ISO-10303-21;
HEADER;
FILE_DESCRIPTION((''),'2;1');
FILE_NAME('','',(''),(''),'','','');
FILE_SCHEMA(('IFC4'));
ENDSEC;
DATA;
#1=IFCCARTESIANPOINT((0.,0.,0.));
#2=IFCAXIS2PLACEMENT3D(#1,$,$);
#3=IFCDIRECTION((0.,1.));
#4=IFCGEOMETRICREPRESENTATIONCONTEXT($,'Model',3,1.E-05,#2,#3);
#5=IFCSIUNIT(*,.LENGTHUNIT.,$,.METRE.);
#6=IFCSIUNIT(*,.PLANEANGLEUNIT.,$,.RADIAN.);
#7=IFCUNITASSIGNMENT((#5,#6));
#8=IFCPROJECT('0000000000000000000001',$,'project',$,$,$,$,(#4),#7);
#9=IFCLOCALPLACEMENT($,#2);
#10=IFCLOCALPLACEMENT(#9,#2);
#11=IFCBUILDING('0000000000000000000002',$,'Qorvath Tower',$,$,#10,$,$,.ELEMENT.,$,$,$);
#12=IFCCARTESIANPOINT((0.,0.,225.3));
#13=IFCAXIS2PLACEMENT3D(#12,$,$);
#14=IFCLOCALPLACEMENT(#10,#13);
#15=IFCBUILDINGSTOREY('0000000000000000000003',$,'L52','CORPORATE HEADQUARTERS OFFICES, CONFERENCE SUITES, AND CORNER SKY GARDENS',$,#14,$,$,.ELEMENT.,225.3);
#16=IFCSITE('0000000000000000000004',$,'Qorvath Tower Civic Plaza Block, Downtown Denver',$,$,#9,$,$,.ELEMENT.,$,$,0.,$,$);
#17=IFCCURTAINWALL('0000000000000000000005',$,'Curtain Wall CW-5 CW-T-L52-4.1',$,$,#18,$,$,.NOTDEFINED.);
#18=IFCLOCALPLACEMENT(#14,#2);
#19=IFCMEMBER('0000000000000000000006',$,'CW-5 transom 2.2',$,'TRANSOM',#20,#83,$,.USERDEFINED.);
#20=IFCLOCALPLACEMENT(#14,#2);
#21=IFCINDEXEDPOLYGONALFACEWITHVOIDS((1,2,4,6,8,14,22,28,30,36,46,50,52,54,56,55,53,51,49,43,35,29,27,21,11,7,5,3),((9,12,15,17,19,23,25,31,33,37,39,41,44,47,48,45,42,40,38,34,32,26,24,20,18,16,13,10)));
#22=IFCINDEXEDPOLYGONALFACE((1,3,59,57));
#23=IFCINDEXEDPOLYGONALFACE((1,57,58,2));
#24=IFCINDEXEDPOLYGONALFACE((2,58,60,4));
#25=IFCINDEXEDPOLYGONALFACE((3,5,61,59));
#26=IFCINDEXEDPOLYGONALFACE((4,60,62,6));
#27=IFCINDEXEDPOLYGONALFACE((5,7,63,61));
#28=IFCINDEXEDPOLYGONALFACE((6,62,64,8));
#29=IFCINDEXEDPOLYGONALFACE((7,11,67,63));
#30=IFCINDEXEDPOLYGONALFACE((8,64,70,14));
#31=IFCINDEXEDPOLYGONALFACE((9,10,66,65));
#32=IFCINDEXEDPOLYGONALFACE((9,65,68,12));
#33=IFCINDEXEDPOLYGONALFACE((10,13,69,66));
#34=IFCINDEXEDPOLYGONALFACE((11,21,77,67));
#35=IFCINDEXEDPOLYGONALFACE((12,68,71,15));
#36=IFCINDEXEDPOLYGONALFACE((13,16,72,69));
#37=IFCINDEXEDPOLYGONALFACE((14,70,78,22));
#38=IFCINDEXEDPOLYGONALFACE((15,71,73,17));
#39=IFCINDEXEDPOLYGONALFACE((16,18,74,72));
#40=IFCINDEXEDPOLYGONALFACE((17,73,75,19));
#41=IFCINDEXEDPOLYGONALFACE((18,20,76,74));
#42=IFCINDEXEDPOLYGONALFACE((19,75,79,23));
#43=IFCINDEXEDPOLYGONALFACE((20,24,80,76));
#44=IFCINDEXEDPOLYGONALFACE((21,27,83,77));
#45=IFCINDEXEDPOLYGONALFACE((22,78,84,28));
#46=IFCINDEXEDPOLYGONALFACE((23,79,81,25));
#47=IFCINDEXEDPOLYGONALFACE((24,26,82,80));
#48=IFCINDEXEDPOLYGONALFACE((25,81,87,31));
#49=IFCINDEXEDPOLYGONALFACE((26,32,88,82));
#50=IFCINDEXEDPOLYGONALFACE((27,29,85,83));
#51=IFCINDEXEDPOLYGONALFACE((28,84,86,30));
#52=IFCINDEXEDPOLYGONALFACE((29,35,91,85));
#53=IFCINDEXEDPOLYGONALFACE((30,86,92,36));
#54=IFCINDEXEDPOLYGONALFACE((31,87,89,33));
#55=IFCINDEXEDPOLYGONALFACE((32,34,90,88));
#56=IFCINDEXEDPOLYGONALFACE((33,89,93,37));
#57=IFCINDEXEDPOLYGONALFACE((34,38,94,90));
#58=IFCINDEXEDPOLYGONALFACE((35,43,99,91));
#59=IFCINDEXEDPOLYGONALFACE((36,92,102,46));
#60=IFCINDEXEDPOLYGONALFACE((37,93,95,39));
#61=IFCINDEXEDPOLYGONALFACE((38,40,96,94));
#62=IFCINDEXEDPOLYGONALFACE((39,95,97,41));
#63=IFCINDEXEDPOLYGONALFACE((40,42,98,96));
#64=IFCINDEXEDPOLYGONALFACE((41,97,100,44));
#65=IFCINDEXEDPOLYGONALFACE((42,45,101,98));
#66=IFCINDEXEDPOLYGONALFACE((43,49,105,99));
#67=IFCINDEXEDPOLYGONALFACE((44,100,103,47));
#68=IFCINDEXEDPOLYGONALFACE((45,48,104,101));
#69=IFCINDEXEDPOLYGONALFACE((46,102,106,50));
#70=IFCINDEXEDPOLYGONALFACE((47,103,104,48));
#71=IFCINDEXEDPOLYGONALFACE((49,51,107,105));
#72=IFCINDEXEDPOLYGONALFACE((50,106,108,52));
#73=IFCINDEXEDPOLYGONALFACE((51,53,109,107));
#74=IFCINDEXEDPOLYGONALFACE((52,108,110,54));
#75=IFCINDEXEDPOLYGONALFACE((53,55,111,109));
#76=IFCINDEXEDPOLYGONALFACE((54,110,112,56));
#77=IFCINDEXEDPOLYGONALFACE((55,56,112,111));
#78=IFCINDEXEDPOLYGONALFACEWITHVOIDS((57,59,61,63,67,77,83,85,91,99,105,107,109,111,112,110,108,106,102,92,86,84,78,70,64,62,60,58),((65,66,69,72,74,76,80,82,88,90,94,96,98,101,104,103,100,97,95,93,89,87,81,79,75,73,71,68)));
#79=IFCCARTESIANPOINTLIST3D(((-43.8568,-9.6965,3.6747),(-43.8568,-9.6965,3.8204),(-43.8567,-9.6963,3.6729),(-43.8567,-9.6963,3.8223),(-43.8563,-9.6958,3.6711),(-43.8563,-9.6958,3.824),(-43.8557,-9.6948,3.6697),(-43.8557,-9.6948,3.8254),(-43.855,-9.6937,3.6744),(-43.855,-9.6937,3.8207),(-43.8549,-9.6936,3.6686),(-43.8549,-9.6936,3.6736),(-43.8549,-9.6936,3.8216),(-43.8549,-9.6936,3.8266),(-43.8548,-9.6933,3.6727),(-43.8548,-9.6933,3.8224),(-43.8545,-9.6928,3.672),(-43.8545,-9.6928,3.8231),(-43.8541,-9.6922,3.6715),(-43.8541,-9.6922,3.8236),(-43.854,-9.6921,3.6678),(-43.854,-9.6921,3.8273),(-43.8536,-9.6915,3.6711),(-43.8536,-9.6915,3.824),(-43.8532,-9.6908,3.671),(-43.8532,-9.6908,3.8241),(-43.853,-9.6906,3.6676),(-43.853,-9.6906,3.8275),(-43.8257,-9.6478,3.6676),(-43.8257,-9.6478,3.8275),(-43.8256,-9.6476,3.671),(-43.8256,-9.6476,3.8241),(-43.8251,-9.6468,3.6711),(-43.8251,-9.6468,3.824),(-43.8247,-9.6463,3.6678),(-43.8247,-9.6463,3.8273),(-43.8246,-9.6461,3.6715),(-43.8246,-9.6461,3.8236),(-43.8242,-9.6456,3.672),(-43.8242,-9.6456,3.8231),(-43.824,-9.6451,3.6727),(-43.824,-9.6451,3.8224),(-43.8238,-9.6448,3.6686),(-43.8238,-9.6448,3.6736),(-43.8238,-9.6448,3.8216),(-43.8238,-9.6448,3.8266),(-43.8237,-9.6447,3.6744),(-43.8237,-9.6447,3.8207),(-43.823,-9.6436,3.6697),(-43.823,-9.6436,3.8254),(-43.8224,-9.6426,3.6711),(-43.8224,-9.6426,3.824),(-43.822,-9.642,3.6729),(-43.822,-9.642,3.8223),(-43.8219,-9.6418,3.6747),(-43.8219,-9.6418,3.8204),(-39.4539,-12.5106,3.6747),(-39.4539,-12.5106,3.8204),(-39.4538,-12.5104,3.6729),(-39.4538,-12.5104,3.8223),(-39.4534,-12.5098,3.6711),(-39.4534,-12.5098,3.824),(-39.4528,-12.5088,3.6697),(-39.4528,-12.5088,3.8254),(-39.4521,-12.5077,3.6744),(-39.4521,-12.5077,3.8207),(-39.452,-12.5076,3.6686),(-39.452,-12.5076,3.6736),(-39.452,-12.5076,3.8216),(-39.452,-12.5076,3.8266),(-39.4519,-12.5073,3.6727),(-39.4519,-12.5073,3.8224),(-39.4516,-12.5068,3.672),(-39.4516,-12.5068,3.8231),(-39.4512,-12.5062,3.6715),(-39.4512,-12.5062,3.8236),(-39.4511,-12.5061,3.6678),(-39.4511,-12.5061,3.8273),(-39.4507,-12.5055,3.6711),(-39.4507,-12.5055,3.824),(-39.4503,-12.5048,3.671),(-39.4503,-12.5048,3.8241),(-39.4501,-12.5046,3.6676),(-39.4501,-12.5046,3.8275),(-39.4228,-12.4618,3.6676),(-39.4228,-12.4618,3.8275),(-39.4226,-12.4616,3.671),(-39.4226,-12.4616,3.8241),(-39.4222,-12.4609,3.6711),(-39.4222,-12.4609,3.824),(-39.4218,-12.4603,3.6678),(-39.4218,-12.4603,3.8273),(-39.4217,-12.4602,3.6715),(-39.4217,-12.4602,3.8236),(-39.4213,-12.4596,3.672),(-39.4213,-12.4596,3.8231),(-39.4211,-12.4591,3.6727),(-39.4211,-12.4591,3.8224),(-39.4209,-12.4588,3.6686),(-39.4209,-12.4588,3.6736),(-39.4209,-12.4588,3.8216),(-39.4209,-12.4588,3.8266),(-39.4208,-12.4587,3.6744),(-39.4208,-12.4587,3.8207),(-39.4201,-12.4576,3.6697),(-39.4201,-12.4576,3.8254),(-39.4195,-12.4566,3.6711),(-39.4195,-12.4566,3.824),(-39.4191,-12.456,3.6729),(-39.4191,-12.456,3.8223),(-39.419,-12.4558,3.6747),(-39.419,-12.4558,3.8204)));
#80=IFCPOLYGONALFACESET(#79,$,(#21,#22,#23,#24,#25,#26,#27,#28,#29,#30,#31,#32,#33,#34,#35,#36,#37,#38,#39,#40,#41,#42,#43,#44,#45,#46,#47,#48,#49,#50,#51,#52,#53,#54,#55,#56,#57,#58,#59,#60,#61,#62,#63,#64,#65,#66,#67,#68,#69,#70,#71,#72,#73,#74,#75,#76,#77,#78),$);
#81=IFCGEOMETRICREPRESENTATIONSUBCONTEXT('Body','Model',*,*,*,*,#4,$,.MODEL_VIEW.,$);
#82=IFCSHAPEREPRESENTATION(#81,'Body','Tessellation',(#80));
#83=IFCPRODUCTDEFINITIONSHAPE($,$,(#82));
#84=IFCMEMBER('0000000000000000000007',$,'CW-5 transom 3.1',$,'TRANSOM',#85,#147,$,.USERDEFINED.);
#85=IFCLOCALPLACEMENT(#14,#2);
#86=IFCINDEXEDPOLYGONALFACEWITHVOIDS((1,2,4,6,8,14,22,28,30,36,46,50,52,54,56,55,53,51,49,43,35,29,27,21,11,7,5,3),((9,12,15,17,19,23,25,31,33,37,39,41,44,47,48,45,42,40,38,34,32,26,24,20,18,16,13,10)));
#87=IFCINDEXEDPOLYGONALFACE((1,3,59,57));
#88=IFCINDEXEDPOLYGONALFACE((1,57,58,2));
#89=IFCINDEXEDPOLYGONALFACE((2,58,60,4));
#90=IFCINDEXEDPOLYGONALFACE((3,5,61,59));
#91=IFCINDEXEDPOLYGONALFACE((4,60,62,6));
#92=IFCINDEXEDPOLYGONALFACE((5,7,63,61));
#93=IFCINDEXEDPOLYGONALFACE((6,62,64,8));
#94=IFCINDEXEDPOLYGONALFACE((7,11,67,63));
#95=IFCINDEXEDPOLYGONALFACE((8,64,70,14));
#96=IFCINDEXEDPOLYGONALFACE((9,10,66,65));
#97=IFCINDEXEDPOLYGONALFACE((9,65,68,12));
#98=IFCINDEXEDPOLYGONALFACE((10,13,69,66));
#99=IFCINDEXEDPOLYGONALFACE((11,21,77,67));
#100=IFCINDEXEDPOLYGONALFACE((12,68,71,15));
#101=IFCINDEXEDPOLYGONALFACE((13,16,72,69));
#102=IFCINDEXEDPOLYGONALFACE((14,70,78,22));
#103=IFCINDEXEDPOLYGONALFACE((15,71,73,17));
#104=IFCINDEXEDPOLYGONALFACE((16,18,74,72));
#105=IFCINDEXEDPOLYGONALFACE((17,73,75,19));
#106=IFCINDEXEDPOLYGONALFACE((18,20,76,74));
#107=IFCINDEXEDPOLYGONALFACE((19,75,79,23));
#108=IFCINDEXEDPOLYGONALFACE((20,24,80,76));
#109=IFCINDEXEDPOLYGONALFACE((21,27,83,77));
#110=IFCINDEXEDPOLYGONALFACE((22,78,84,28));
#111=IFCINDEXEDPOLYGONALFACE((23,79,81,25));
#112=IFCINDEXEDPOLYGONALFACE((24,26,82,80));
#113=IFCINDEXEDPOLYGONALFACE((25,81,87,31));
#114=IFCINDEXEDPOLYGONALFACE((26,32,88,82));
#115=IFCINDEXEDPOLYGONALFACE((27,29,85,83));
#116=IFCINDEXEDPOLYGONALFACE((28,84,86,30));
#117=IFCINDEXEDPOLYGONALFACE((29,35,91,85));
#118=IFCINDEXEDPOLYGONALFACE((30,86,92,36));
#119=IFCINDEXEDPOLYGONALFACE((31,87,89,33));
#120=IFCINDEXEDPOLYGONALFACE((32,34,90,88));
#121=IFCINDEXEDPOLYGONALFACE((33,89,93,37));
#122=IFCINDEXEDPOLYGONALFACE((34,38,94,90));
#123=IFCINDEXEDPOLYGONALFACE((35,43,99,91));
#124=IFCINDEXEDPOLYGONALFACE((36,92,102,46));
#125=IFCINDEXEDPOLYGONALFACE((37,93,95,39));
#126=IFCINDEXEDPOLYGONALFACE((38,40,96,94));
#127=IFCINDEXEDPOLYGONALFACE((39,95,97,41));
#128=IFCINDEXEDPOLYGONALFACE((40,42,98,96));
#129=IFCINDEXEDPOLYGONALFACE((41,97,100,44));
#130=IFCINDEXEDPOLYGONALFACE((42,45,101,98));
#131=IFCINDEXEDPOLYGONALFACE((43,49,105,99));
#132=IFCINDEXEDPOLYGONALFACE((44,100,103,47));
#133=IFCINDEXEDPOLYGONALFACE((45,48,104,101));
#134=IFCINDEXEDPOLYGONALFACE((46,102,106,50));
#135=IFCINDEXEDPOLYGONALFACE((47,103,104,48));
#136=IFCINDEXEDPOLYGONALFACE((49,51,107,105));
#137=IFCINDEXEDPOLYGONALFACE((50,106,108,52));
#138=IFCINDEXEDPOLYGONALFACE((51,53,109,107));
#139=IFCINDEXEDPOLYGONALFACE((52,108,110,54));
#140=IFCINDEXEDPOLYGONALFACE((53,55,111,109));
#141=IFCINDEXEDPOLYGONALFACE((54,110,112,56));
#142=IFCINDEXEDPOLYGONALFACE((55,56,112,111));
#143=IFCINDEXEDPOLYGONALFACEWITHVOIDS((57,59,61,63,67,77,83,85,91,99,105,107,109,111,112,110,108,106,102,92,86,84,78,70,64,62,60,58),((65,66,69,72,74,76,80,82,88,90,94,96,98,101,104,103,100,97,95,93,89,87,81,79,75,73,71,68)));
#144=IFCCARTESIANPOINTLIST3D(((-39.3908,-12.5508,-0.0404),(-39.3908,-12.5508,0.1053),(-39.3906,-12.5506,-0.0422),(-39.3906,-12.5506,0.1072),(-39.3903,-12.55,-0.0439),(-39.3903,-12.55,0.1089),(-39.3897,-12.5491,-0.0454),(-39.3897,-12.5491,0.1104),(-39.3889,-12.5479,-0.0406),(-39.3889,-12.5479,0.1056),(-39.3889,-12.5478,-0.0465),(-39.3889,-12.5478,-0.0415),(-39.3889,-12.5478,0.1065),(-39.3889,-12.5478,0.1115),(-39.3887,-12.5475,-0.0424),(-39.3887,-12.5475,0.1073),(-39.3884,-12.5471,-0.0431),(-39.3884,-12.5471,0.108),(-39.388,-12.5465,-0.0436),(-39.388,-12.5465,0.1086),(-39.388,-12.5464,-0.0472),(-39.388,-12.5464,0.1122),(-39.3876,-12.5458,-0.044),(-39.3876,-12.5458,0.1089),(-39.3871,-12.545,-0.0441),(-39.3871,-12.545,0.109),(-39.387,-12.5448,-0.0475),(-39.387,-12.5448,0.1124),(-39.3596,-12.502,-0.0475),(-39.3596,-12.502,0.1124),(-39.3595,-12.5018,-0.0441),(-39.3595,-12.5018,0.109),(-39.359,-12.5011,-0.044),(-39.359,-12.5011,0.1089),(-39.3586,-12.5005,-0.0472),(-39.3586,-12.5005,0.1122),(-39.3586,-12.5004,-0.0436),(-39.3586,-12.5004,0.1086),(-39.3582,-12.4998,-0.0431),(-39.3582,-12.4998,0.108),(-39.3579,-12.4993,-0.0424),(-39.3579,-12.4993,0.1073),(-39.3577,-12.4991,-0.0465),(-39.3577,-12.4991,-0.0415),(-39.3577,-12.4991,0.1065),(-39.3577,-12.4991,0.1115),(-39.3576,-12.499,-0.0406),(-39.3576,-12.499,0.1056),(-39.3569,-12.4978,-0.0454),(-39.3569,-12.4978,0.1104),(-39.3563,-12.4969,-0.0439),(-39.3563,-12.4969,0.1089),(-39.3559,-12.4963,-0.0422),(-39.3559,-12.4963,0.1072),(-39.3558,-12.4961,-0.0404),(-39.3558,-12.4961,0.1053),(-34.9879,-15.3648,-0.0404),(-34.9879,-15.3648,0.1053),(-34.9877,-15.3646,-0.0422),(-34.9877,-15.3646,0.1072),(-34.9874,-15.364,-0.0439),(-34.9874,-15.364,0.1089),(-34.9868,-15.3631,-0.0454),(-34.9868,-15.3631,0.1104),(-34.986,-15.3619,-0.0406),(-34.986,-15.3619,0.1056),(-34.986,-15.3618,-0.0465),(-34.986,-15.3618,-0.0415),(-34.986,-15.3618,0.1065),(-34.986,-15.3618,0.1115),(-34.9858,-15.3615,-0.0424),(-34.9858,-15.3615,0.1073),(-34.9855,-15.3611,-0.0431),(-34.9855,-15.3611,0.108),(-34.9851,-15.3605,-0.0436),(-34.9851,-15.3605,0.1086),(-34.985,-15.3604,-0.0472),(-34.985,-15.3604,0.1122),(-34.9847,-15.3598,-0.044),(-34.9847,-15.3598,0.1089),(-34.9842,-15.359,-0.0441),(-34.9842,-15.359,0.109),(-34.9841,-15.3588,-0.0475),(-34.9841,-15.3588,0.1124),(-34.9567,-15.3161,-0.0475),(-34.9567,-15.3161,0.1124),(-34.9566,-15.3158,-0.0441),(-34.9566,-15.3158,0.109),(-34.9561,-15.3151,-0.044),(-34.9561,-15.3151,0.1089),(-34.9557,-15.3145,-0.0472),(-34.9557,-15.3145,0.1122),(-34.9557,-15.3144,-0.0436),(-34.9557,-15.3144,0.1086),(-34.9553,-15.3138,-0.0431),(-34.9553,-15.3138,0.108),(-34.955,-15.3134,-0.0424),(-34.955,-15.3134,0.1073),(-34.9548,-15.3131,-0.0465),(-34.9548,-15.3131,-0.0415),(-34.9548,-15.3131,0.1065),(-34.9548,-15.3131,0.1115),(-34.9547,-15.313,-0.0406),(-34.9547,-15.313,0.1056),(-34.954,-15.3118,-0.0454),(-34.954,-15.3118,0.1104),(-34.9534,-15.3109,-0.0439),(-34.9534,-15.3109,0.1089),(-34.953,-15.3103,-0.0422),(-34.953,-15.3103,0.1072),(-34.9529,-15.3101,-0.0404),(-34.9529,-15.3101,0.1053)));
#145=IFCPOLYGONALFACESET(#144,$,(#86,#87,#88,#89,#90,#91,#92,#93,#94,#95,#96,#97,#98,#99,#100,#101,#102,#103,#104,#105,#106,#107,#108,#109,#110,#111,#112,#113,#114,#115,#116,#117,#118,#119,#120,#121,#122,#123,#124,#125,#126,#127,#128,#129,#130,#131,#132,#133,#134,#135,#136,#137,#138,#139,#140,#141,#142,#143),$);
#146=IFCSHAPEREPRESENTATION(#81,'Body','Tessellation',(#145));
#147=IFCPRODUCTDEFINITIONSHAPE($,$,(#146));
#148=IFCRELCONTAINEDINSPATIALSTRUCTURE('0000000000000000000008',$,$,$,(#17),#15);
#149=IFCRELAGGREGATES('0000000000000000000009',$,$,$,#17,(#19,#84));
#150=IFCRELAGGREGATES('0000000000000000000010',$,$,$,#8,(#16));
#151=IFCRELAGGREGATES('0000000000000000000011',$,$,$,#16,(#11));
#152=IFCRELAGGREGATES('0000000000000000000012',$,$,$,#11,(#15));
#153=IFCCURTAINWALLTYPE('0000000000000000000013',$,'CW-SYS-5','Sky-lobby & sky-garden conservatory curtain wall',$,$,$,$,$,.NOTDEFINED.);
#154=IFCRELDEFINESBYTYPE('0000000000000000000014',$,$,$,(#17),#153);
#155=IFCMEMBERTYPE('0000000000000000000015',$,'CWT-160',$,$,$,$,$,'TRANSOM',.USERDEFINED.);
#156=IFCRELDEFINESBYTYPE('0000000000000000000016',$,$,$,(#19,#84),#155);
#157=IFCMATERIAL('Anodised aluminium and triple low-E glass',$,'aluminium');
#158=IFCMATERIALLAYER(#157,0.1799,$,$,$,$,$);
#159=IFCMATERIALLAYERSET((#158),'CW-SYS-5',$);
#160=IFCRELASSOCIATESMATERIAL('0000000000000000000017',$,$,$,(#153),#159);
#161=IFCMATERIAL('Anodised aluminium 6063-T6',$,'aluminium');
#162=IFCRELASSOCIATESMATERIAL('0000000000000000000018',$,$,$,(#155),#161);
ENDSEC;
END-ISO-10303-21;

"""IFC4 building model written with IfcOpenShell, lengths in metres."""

from ifc_helpers import new_model, si_unit, direction, frame, origin, origin_2d, place, context, subcontext, project, spatial, hollow_rectangle, extrude, material, layer, layer_set, material_profile, profile_set, type_object, element, aggregate, save


model = new_model("IFC4")

# Units and contexts
model_context = context("Model", 3, precision=1e-05, world=origin(), true_north=direction((0.0, 1.0)))
body_context = subcontext(model_context, "Body", "Model", "MODEL_VIEW")
ifc_project = project(units=[si_unit("LENGTHUNIT", "METRE"), si_unit("PLANEANGLEUNIT", "RADIAN")], contexts=[model_context])

# Site, building, storey
site_placement = place(None, origin())
site = spatial("IfcSite", under=ifc_project, at=site_placement, Name="Qorvath Tower Civic Plaza Block, Downtown Denver", CompositionType="ELEMENT", RefElevation=0.0)
building_placement = place(site_placement, origin())
building = spatial("IfcBuilding", under=site, at=building_placement, Name="Qorvath Tower", CompositionType="ELEMENT")
storey_placement = place(building_placement, frame((0.0, 0.0, 225.3)))
storey = spatial("IfcBuildingStorey", under=building, at=storey_placement, Name="L52", Description="CORPORATE HEADQUARTERS OFFICES, CONFERENCE SUITES, AND CORNER SKY GARDENS", CompositionType="ELEMENT", Elevation=225.3)

# Shared definitions
ifc_material_1 = material(Name="Anodised aluminium and triple low-E glass", Category="aluminium")
ifc_layer_1 = layer(ifc_material_1, 0.1799)
ifc_layer_set_1 = layer_set([ifc_layer_1], Name="CW-SYS-5")
curtain_wall_type = type_object("IfcCurtainWallType", Name="CW-SYS-5", Description="Sky-lobby & sky-garden conservatory curtain wall", PredefinedType="NOTDEFINED", material=ifc_layer_set_1)

# Curtain wall
curtain_wall_1_placement = place(storey_placement, origin())
curtain_wall_1 = element("IfcCurtainWall", 1, at=curtain_wall_1_placement, inside=storey, type_object=curtain_wall_type, Name="Curtain Wall CW-5 CW-T-L52-4.1", PredefinedType="NOTDEFINED")

# Members
ifc_material_2 = material(Name="Anodised aluminium 6063-T6", Category="aluminium")
ifc_material_profile_1 = material_profile(ifc_material_2, hollow_rectangle(XDim=0.0649, YDim=0.1599, WallThickness=0.0034, InnerFilletRadius=0.0034, OuterFilletRadius=0.0071, at=origin_2d()), Name="CWT 160x65")
ifc_profile_set_1 = profile_set([ifc_material_profile_1], Name="Anodised aluminium 6063-T6")
member_type_1 = type_object("IfcMemberType", Name="CWT-160", ElementType="TRANSOM", PredefinedType="USERDEFINED", material=ifc_profile_set_1)
member_1_placement = place(storey_placement, frame((-43.8394, -9.6692, 3.7476), z_axis=(0.842606, -0.538531, 0.0), x_axis=(0.538531, 0.842606, 0.0)))
member_1 = element("IfcMember", 2, at=member_1_placement, type_object=member_type_1, Name="CW-5 transom 2.2", ObjectType="TRANSOM", PredefinedType="USERDEFINED", context=body_context, shape_type="SweptSolid", body=[
    extrude(hollow_rectangle(XDim=0.0649, YDim=0.1599, WallThickness=0.0034, InnerFilletRadius=0.0034, OuterFilletRadius=0.0071, at=origin_2d()), origin(), (0.0, 0.0, 1.0), 5.2253),
])
member_2_placement = place(storey_placement, frame((-39.3733, -12.5234, 0.0325), z_axis=(0.842606, -0.538531, 0.0), x_axis=(0.538531, 0.842606, 0.0)))
member_2 = element("IfcMember", 3, at=member_2_placement, type_object=member_type_1, Name="CW-5 transom 3.1", ObjectType="TRANSOM", PredefinedType="USERDEFINED", context=body_context, shape_type="SweptSolid", body=[
    extrude(hollow_rectangle(XDim=0.0649, YDim=0.1599, WallThickness=0.0034, InnerFilletRadius=0.0034, OuterFilletRadius=0.0071, at=origin_2d()), origin(), (0.0, 0.0, 1.0), 5.2253),
])

aggregate(curtain_wall_1, [member_1, member_2])

save(model, "model.ifc")
